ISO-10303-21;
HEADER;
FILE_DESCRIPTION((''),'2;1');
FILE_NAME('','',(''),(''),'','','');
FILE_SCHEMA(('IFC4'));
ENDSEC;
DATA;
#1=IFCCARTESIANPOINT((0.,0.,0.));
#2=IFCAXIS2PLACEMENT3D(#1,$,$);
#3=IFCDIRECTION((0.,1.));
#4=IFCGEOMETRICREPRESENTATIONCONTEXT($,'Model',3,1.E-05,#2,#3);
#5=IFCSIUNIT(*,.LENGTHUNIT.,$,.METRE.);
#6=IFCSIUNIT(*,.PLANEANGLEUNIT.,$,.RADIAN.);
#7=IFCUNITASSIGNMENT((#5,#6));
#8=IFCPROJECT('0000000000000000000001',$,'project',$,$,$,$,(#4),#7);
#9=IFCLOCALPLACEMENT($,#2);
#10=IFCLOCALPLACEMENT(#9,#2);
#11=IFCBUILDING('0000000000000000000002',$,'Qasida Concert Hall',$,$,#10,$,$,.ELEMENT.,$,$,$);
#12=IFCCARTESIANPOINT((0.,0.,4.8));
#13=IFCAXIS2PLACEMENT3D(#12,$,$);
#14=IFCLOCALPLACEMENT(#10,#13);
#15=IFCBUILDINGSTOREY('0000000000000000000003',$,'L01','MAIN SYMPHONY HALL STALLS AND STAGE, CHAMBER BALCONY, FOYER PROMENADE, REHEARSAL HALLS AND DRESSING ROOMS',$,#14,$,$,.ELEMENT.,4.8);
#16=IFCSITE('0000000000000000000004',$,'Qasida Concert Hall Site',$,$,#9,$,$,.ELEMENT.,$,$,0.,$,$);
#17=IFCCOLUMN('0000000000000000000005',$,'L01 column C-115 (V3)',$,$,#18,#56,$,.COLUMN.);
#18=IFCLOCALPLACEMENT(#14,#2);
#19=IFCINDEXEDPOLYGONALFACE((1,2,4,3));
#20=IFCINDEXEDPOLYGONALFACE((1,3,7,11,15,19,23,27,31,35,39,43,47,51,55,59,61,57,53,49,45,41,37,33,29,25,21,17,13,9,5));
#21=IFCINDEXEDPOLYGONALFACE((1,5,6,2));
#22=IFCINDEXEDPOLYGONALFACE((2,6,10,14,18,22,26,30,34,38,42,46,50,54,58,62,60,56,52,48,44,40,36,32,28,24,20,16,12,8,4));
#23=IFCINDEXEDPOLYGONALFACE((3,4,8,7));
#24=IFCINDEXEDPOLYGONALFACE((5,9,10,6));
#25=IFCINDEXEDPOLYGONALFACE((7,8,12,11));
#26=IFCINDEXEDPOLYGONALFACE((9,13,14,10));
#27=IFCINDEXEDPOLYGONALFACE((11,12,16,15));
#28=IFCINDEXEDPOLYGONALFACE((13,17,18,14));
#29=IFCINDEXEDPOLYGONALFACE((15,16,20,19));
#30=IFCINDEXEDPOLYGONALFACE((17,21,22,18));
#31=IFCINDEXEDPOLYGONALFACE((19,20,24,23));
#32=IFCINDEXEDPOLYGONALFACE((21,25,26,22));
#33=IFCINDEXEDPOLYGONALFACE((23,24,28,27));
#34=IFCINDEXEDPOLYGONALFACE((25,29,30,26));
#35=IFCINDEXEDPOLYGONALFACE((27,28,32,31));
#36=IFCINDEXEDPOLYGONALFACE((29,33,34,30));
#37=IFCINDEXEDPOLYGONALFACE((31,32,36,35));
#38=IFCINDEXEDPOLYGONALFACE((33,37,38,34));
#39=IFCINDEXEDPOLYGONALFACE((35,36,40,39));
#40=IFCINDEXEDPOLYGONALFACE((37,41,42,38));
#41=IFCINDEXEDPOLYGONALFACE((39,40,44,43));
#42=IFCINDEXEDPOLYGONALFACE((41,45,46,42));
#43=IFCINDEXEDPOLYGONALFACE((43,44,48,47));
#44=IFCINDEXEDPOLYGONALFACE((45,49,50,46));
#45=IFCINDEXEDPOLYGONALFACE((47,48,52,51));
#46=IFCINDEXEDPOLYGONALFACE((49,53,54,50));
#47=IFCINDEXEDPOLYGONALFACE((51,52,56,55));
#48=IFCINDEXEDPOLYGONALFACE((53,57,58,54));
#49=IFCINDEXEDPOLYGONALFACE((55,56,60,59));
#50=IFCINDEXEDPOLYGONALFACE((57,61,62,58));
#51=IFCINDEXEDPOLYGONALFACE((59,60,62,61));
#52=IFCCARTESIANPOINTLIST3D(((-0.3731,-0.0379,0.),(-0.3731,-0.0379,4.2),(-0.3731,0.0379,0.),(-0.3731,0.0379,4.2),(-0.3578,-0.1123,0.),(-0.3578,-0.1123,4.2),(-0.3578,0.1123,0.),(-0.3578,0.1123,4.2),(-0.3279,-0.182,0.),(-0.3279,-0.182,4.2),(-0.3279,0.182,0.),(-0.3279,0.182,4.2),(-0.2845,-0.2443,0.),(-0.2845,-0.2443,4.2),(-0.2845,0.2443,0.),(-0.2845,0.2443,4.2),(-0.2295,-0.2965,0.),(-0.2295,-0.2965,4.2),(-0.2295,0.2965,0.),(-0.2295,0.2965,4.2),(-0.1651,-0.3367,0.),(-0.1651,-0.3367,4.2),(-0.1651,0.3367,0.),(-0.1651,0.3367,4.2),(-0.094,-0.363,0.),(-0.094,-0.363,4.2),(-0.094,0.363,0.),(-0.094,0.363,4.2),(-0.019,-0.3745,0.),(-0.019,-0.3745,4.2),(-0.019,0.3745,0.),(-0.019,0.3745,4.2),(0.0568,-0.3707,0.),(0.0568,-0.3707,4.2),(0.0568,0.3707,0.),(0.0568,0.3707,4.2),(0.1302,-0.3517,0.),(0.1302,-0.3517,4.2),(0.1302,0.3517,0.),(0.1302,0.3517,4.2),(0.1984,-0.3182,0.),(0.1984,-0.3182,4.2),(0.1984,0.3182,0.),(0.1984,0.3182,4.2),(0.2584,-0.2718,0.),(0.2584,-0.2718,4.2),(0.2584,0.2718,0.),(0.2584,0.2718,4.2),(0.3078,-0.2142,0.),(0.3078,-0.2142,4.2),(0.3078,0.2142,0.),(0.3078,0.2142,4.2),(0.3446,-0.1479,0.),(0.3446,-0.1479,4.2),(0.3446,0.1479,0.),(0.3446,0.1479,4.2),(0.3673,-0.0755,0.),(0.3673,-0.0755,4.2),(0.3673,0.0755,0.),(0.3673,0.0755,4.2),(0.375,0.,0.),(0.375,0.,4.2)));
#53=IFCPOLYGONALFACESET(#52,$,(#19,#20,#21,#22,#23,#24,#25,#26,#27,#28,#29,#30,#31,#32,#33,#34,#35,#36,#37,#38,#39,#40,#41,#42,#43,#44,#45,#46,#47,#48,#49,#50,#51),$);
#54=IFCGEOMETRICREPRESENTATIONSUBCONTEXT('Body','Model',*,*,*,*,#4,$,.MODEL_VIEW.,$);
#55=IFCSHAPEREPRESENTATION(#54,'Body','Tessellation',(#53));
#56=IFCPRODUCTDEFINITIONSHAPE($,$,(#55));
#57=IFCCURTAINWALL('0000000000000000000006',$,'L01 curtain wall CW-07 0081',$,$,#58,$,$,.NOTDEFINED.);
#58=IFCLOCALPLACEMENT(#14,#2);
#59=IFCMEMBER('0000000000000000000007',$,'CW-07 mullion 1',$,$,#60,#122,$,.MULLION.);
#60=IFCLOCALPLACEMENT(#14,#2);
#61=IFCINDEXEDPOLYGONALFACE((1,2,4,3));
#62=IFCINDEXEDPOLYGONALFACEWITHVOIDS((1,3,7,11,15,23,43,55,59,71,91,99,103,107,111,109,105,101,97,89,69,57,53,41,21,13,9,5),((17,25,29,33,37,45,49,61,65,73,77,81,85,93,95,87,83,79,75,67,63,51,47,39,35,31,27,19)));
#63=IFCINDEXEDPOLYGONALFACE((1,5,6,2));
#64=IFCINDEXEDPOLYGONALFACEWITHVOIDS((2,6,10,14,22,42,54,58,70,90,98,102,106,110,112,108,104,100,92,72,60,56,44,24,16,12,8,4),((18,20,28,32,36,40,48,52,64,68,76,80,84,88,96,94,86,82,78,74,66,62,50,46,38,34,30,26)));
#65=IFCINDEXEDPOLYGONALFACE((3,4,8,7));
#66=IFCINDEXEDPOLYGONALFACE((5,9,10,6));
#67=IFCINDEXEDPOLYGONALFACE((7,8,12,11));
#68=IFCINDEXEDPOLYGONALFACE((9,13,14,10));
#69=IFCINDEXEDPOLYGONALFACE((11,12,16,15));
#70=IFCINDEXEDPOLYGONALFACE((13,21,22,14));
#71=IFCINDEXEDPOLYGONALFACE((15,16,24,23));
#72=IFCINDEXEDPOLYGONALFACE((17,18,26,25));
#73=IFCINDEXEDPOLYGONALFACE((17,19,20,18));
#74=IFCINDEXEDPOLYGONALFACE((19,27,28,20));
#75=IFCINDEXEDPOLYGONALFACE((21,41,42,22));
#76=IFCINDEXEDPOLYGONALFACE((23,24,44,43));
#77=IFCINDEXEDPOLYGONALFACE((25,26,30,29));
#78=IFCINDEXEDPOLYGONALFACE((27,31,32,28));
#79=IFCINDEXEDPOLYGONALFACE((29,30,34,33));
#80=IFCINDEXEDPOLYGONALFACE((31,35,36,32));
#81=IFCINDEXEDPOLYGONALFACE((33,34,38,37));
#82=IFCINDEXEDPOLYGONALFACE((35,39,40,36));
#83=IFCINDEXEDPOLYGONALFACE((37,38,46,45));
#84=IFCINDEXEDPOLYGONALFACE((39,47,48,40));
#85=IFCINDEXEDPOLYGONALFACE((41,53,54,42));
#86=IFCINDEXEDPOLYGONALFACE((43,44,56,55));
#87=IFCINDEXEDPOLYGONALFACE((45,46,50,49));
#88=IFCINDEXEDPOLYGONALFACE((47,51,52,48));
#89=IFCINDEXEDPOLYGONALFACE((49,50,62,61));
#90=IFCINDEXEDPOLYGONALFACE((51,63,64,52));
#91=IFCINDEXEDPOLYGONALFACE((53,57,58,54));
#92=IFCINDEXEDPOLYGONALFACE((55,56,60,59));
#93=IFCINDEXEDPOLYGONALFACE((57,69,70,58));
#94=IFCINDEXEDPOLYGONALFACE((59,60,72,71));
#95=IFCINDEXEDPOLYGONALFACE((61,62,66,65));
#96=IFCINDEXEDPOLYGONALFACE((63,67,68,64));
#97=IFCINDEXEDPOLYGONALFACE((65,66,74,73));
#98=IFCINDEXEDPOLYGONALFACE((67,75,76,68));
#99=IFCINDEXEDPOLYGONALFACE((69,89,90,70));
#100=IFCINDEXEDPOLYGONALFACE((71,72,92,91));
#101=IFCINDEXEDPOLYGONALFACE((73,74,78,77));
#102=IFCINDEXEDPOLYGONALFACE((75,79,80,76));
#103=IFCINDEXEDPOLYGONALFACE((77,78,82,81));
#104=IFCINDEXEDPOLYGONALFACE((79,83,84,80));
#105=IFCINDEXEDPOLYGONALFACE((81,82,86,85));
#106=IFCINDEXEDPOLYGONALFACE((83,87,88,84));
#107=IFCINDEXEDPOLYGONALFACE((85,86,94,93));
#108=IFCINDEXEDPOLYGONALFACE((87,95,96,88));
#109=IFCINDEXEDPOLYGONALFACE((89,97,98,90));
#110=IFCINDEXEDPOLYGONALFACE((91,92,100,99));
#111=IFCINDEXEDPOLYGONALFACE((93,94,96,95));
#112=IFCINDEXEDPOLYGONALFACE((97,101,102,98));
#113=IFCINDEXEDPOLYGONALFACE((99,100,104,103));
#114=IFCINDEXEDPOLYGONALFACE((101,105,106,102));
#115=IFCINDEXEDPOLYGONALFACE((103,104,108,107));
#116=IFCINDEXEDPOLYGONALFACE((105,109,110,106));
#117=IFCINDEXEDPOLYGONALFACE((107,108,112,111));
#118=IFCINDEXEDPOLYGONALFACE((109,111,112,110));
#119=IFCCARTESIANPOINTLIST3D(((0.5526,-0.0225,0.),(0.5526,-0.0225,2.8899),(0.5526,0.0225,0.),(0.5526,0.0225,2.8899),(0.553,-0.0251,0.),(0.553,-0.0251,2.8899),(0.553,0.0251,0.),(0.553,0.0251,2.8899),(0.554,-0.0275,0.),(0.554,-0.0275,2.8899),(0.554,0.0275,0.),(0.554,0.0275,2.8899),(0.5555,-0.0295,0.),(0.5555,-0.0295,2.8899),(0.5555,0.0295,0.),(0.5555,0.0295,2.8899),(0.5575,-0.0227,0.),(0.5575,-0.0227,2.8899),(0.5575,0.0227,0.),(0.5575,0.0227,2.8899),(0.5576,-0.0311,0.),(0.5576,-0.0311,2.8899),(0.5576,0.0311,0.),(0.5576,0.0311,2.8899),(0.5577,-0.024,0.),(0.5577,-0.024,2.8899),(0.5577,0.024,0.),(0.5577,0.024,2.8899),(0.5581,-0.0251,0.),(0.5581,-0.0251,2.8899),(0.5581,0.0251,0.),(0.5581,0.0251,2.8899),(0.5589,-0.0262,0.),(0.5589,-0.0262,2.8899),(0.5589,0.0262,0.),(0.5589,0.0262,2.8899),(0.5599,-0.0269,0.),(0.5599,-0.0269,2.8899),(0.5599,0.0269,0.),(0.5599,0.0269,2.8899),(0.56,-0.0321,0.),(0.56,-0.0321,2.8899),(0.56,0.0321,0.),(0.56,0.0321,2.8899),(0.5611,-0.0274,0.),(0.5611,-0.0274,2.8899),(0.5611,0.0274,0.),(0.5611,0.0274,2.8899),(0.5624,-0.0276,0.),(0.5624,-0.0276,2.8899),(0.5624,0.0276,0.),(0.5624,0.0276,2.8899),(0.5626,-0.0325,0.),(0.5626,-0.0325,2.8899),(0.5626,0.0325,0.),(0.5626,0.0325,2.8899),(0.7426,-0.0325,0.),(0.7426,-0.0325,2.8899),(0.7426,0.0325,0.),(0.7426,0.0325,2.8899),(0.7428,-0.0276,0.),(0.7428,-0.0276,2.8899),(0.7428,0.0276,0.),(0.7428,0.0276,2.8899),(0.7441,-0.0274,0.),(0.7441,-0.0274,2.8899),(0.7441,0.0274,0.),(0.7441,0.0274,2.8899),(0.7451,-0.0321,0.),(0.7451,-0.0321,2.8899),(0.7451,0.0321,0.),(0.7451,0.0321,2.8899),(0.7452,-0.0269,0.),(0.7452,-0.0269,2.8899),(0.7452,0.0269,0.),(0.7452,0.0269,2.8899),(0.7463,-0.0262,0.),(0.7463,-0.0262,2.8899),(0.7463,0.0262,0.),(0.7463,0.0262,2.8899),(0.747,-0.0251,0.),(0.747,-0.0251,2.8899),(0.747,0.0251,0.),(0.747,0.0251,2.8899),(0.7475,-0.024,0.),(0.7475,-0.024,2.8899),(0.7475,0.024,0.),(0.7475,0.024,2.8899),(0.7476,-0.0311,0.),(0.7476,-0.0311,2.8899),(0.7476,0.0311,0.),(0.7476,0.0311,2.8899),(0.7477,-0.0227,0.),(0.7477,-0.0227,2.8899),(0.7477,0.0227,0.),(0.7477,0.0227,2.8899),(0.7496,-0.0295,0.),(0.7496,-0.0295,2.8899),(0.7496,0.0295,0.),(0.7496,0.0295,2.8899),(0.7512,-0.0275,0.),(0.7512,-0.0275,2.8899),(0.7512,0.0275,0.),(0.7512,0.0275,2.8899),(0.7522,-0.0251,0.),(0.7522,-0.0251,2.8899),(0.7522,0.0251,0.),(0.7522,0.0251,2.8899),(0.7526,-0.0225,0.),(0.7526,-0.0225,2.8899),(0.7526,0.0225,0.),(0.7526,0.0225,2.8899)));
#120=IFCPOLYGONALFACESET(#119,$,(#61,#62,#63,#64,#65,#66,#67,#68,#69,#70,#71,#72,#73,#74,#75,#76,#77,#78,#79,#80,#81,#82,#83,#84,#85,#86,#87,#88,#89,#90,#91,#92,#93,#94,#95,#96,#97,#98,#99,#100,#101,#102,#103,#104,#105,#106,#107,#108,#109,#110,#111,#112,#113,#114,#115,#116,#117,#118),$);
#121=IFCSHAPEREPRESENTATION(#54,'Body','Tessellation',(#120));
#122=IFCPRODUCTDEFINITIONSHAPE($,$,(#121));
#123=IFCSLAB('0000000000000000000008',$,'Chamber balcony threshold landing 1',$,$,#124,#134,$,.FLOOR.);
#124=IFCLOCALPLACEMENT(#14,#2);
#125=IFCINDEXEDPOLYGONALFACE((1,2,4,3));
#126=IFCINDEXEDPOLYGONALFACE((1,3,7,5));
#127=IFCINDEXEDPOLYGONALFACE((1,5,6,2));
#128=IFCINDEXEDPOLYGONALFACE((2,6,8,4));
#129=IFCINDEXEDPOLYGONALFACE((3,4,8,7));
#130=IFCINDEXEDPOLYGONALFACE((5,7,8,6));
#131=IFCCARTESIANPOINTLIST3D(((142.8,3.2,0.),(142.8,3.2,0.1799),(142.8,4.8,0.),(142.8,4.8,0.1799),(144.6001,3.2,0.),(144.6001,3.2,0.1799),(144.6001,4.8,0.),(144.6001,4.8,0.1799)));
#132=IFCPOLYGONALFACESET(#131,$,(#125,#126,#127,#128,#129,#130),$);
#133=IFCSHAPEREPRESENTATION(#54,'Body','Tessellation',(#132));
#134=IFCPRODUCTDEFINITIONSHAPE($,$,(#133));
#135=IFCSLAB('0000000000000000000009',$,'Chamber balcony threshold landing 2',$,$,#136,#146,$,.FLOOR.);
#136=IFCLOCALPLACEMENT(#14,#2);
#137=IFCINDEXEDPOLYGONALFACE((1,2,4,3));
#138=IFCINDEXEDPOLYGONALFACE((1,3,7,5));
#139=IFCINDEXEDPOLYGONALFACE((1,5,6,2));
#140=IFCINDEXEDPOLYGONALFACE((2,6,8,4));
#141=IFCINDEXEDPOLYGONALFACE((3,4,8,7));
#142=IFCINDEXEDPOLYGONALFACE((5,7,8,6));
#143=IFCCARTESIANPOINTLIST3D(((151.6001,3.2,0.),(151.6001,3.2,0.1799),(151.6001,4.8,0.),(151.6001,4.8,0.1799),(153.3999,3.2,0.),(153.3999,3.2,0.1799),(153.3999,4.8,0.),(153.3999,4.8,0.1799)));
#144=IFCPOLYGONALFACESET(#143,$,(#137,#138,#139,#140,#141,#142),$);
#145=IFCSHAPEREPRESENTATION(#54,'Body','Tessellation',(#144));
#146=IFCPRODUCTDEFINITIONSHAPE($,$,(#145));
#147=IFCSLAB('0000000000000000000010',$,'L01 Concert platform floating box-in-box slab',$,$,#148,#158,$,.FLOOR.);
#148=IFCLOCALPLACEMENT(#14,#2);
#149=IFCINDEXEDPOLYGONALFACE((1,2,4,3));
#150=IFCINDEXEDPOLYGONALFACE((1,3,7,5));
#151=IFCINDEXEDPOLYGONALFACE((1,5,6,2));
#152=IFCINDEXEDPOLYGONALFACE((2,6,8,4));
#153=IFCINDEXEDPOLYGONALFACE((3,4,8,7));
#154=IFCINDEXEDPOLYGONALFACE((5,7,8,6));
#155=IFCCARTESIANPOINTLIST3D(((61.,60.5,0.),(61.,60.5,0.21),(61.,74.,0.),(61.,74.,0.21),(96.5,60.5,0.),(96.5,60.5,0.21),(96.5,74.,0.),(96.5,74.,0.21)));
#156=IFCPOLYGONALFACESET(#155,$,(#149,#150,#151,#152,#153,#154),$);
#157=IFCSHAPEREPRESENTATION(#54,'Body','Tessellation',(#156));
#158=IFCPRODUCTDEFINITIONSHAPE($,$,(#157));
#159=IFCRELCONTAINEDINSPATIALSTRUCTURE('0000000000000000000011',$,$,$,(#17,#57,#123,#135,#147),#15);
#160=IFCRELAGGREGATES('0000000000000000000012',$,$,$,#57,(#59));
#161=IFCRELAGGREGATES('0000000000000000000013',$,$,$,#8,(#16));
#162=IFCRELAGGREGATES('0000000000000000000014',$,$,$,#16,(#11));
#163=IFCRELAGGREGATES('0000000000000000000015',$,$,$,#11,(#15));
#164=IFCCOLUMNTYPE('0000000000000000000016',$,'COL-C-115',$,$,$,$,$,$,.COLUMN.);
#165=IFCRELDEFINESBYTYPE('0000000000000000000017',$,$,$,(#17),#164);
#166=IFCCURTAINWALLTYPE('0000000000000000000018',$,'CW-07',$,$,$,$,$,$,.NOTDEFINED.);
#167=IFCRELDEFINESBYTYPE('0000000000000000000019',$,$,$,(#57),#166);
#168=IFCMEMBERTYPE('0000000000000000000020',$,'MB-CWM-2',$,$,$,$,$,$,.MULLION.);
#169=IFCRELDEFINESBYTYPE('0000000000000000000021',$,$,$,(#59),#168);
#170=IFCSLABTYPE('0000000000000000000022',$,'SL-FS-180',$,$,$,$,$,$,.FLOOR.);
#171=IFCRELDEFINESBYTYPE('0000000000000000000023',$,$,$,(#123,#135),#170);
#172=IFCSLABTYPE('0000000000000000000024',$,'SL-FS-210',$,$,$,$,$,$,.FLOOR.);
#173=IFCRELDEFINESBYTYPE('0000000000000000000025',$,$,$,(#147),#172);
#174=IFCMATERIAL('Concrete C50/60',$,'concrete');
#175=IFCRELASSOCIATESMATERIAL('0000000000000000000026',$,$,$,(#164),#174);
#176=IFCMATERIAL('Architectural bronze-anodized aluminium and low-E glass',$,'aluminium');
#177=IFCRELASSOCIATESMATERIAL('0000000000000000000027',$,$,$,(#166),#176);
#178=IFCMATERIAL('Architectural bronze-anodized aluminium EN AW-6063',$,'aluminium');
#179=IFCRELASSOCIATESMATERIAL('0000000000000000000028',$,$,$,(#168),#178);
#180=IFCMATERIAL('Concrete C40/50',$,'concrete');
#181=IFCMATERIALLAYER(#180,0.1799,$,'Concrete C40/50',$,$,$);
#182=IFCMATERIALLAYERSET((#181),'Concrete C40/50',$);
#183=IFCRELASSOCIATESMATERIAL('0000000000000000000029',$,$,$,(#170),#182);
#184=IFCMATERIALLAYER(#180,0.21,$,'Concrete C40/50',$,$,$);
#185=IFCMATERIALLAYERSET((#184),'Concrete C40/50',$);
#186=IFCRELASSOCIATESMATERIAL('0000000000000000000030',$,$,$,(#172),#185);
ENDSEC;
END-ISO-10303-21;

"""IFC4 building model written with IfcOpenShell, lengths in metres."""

from ifc_helpers import new_model, si_unit, direction, frame, origin, origin_with_axes, origin_2d, place, context, subcontext, project, spatial, polyline, hollow_rectangle, circle, outline, extrude, material, layer, layer_set, material_profile, profile_set, type_object, element, aggregate, save


model = new_model("IFC4")

# Units and contexts
model_context = context("Model", 3, precision=1e-05, world=origin(), true_north=direction((0.0, 1.0)))
body_context = subcontext(model_context, "Body", "Model", "MODEL_VIEW")
ifc_project = project(units=[si_unit("LENGTHUNIT", "METRE"), si_unit("PLANEANGLEUNIT", "RADIAN")], contexts=[model_context])

# Site, building, storey
site_placement = place(None, origin())
site = spatial("IfcSite", under=ifc_project, at=site_placement, Name="Qasida Concert Hall Site", CompositionType="ELEMENT", RefElevation=0.0)
building_placement = place(site_placement, origin())
building = spatial("IfcBuilding", under=site, at=building_placement, Name="Qasida Concert Hall", CompositionType="ELEMENT")
storey_placement = place(building_placement, frame((0.0, 0.0, 4.8)))
storey = spatial("IfcBuildingStorey", under=building, at=storey_placement, Name="L01", Description="MAIN SYMPHONY HALL STALLS AND STAGE, CHAMBER BALCONY, FOYER PROMENADE, REHEARSAL HALLS AND DRESSING ROOMS", CompositionType="ELEMENT", Elevation=4.8)

# Column
ifc_material_1 = material(Name="Concrete C50/60", Category="concrete")
ifc_material_profile_1 = material_profile(ifc_material_1, circle(Radius=0.375, at=origin_2d()), Name="RC COL D750")
ifc_profile_set_1 = profile_set([ifc_material_profile_1], Name="Concrete C50/60")
column_type = type_object("IfcColumnType", Name="COL-C-115", PredefinedType="COLUMN", material=ifc_profile_set_1)
column_placement = place(storey_placement, origin_with_axes())
element("IfcColumn", 1, at=column_placement, inside=storey, type_object=column_type, Name="L01 column C-115 (V3)", PredefinedType="COLUMN", context=body_context, shape_type="SweptSolid", body=[
    extrude(circle(Radius=0.375, at=origin_2d()), origin(), (0.0, 0.0, 1.0), 4.2),
])

# Curtain wall, member
ifc_material_2 = material(Name="Architectural bronze-anodized aluminium and low-E glass", Category="aluminium")
curtain_wall_type = type_object("IfcCurtainWallType", Name="CW-07", PredefinedType="NOTDEFINED", material=ifc_material_2)
curtain_wall_placement = place(storey_placement, origin())
curtain_wall = element("IfcCurtainWall", 2, at=curtain_wall_placement, inside=storey, type_object=curtain_wall_type, Name="L01 curtain wall CW-07 0081", PredefinedType="NOTDEFINED")
ifc_material_3 = material(Name="Architectural bronze-anodized aluminium EN AW-6063", Category="aluminium")
ifc_material_profile_2 = material_profile(ifc_material_3, hollow_rectangle(XDim=0.0649, YDim=0.2, WallThickness=0.0049, InnerFilletRadius=0.0049, OuterFilletRadius=0.01, at=origin_2d()), Name="CWM 200x65x5")
ifc_profile_set_2 = profile_set([ifc_material_profile_2], Name="Architectural bronze-anodized aluminium EN AW-6063")
member_type = type_object("IfcMemberType", Name="MB-CWM-2", PredefinedType="MULLION", material=ifc_profile_set_2)
member_placement = place(storey_placement, frame((0.6526, 0.0, 0.0), z_axis=(0.0, 0.0, 1.0), x_axis=(0.0, 1.0, 0.0)))
member = element("IfcMember", 3, at=member_placement, type_object=member_type, Name="CW-07 mullion 1", PredefinedType="MULLION", context=body_context, shape_type="SweptSolid", body=[
    extrude(hollow_rectangle(XDim=0.0649, YDim=0.2, WallThickness=0.0049, InnerFilletRadius=0.0049, OuterFilletRadius=0.01, at=origin_2d()), origin(), (0.0, 0.0, 1.0), 2.8899),
])
aggregate(curtain_wall, [member])

# Slabs
ifc_material_4 = material(Name="Concrete C40/50", Category="concrete")
ifc_layer_1 = layer(ifc_material_4, 0.1799, Name="Concrete C40/50")
ifc_layer_set_1 = layer_set([ifc_layer_1], Name="Concrete C40/50")
slab_type_1 = type_object("IfcSlabType", Name="SL-FS-180", PredefinedType="FLOOR", material=ifc_layer_set_1)
slab_1_placement = place(storey_placement, origin())
element("IfcSlab", 4, at=slab_1_placement, inside=storey, type_object=slab_type_1, Name="Chamber balcony threshold landing 1", PredefinedType="FLOOR", context=body_context, shape_type="SweptSolid", body=[
    extrude(outline(polyline([(142.8, 3.2), (144.6001, 3.2), (144.6001, 4.8), (142.8, 4.8), (142.8, 3.2)])), origin(), (0.0, 0.0, 1.0), 0.1799),
])
slab_2_placement = place(storey_placement, origin())
element("IfcSlab", 5, at=slab_2_placement, inside=storey, type_object=slab_type_1, Name="Chamber balcony threshold landing 2", PredefinedType="FLOOR", context=body_context, shape_type="SweptSolid", body=[
    extrude(outline(polyline([(151.6001, 3.2), (153.3999, 3.2), (153.3999, 4.8), (151.6001, 4.8), (151.6001, 3.2)])), origin(), (0.0, 0.0, 1.0), 0.1799),
])
ifc_layer_2 = layer(ifc_material_4, 0.21, Name="Concrete C40/50")
ifc_layer_set_2 = layer_set([ifc_layer_2], Name="Concrete C40/50")
slab_type_2 = type_object("IfcSlabType", Name="SL-FS-210", PredefinedType="FLOOR", material=ifc_layer_set_2)
slab_3_placement = place(storey_placement, origin())
element("IfcSlab", 6, at=slab_3_placement, inside=storey, type_object=slab_type_2, Name="L01 Concert platform floating box-in-box slab", PredefinedType="FLOOR", context=body_context, shape_type="SweptSolid", body=[
    extrude(outline(polyline([(61.0, 60.5), (96.5, 60.5), (96.5, 74.0), (61.0, 74.0), (61.0, 60.5)])), origin(), (0.0, 0.0, 1.0), 0.21),
])

save(model, "model.ifc")
